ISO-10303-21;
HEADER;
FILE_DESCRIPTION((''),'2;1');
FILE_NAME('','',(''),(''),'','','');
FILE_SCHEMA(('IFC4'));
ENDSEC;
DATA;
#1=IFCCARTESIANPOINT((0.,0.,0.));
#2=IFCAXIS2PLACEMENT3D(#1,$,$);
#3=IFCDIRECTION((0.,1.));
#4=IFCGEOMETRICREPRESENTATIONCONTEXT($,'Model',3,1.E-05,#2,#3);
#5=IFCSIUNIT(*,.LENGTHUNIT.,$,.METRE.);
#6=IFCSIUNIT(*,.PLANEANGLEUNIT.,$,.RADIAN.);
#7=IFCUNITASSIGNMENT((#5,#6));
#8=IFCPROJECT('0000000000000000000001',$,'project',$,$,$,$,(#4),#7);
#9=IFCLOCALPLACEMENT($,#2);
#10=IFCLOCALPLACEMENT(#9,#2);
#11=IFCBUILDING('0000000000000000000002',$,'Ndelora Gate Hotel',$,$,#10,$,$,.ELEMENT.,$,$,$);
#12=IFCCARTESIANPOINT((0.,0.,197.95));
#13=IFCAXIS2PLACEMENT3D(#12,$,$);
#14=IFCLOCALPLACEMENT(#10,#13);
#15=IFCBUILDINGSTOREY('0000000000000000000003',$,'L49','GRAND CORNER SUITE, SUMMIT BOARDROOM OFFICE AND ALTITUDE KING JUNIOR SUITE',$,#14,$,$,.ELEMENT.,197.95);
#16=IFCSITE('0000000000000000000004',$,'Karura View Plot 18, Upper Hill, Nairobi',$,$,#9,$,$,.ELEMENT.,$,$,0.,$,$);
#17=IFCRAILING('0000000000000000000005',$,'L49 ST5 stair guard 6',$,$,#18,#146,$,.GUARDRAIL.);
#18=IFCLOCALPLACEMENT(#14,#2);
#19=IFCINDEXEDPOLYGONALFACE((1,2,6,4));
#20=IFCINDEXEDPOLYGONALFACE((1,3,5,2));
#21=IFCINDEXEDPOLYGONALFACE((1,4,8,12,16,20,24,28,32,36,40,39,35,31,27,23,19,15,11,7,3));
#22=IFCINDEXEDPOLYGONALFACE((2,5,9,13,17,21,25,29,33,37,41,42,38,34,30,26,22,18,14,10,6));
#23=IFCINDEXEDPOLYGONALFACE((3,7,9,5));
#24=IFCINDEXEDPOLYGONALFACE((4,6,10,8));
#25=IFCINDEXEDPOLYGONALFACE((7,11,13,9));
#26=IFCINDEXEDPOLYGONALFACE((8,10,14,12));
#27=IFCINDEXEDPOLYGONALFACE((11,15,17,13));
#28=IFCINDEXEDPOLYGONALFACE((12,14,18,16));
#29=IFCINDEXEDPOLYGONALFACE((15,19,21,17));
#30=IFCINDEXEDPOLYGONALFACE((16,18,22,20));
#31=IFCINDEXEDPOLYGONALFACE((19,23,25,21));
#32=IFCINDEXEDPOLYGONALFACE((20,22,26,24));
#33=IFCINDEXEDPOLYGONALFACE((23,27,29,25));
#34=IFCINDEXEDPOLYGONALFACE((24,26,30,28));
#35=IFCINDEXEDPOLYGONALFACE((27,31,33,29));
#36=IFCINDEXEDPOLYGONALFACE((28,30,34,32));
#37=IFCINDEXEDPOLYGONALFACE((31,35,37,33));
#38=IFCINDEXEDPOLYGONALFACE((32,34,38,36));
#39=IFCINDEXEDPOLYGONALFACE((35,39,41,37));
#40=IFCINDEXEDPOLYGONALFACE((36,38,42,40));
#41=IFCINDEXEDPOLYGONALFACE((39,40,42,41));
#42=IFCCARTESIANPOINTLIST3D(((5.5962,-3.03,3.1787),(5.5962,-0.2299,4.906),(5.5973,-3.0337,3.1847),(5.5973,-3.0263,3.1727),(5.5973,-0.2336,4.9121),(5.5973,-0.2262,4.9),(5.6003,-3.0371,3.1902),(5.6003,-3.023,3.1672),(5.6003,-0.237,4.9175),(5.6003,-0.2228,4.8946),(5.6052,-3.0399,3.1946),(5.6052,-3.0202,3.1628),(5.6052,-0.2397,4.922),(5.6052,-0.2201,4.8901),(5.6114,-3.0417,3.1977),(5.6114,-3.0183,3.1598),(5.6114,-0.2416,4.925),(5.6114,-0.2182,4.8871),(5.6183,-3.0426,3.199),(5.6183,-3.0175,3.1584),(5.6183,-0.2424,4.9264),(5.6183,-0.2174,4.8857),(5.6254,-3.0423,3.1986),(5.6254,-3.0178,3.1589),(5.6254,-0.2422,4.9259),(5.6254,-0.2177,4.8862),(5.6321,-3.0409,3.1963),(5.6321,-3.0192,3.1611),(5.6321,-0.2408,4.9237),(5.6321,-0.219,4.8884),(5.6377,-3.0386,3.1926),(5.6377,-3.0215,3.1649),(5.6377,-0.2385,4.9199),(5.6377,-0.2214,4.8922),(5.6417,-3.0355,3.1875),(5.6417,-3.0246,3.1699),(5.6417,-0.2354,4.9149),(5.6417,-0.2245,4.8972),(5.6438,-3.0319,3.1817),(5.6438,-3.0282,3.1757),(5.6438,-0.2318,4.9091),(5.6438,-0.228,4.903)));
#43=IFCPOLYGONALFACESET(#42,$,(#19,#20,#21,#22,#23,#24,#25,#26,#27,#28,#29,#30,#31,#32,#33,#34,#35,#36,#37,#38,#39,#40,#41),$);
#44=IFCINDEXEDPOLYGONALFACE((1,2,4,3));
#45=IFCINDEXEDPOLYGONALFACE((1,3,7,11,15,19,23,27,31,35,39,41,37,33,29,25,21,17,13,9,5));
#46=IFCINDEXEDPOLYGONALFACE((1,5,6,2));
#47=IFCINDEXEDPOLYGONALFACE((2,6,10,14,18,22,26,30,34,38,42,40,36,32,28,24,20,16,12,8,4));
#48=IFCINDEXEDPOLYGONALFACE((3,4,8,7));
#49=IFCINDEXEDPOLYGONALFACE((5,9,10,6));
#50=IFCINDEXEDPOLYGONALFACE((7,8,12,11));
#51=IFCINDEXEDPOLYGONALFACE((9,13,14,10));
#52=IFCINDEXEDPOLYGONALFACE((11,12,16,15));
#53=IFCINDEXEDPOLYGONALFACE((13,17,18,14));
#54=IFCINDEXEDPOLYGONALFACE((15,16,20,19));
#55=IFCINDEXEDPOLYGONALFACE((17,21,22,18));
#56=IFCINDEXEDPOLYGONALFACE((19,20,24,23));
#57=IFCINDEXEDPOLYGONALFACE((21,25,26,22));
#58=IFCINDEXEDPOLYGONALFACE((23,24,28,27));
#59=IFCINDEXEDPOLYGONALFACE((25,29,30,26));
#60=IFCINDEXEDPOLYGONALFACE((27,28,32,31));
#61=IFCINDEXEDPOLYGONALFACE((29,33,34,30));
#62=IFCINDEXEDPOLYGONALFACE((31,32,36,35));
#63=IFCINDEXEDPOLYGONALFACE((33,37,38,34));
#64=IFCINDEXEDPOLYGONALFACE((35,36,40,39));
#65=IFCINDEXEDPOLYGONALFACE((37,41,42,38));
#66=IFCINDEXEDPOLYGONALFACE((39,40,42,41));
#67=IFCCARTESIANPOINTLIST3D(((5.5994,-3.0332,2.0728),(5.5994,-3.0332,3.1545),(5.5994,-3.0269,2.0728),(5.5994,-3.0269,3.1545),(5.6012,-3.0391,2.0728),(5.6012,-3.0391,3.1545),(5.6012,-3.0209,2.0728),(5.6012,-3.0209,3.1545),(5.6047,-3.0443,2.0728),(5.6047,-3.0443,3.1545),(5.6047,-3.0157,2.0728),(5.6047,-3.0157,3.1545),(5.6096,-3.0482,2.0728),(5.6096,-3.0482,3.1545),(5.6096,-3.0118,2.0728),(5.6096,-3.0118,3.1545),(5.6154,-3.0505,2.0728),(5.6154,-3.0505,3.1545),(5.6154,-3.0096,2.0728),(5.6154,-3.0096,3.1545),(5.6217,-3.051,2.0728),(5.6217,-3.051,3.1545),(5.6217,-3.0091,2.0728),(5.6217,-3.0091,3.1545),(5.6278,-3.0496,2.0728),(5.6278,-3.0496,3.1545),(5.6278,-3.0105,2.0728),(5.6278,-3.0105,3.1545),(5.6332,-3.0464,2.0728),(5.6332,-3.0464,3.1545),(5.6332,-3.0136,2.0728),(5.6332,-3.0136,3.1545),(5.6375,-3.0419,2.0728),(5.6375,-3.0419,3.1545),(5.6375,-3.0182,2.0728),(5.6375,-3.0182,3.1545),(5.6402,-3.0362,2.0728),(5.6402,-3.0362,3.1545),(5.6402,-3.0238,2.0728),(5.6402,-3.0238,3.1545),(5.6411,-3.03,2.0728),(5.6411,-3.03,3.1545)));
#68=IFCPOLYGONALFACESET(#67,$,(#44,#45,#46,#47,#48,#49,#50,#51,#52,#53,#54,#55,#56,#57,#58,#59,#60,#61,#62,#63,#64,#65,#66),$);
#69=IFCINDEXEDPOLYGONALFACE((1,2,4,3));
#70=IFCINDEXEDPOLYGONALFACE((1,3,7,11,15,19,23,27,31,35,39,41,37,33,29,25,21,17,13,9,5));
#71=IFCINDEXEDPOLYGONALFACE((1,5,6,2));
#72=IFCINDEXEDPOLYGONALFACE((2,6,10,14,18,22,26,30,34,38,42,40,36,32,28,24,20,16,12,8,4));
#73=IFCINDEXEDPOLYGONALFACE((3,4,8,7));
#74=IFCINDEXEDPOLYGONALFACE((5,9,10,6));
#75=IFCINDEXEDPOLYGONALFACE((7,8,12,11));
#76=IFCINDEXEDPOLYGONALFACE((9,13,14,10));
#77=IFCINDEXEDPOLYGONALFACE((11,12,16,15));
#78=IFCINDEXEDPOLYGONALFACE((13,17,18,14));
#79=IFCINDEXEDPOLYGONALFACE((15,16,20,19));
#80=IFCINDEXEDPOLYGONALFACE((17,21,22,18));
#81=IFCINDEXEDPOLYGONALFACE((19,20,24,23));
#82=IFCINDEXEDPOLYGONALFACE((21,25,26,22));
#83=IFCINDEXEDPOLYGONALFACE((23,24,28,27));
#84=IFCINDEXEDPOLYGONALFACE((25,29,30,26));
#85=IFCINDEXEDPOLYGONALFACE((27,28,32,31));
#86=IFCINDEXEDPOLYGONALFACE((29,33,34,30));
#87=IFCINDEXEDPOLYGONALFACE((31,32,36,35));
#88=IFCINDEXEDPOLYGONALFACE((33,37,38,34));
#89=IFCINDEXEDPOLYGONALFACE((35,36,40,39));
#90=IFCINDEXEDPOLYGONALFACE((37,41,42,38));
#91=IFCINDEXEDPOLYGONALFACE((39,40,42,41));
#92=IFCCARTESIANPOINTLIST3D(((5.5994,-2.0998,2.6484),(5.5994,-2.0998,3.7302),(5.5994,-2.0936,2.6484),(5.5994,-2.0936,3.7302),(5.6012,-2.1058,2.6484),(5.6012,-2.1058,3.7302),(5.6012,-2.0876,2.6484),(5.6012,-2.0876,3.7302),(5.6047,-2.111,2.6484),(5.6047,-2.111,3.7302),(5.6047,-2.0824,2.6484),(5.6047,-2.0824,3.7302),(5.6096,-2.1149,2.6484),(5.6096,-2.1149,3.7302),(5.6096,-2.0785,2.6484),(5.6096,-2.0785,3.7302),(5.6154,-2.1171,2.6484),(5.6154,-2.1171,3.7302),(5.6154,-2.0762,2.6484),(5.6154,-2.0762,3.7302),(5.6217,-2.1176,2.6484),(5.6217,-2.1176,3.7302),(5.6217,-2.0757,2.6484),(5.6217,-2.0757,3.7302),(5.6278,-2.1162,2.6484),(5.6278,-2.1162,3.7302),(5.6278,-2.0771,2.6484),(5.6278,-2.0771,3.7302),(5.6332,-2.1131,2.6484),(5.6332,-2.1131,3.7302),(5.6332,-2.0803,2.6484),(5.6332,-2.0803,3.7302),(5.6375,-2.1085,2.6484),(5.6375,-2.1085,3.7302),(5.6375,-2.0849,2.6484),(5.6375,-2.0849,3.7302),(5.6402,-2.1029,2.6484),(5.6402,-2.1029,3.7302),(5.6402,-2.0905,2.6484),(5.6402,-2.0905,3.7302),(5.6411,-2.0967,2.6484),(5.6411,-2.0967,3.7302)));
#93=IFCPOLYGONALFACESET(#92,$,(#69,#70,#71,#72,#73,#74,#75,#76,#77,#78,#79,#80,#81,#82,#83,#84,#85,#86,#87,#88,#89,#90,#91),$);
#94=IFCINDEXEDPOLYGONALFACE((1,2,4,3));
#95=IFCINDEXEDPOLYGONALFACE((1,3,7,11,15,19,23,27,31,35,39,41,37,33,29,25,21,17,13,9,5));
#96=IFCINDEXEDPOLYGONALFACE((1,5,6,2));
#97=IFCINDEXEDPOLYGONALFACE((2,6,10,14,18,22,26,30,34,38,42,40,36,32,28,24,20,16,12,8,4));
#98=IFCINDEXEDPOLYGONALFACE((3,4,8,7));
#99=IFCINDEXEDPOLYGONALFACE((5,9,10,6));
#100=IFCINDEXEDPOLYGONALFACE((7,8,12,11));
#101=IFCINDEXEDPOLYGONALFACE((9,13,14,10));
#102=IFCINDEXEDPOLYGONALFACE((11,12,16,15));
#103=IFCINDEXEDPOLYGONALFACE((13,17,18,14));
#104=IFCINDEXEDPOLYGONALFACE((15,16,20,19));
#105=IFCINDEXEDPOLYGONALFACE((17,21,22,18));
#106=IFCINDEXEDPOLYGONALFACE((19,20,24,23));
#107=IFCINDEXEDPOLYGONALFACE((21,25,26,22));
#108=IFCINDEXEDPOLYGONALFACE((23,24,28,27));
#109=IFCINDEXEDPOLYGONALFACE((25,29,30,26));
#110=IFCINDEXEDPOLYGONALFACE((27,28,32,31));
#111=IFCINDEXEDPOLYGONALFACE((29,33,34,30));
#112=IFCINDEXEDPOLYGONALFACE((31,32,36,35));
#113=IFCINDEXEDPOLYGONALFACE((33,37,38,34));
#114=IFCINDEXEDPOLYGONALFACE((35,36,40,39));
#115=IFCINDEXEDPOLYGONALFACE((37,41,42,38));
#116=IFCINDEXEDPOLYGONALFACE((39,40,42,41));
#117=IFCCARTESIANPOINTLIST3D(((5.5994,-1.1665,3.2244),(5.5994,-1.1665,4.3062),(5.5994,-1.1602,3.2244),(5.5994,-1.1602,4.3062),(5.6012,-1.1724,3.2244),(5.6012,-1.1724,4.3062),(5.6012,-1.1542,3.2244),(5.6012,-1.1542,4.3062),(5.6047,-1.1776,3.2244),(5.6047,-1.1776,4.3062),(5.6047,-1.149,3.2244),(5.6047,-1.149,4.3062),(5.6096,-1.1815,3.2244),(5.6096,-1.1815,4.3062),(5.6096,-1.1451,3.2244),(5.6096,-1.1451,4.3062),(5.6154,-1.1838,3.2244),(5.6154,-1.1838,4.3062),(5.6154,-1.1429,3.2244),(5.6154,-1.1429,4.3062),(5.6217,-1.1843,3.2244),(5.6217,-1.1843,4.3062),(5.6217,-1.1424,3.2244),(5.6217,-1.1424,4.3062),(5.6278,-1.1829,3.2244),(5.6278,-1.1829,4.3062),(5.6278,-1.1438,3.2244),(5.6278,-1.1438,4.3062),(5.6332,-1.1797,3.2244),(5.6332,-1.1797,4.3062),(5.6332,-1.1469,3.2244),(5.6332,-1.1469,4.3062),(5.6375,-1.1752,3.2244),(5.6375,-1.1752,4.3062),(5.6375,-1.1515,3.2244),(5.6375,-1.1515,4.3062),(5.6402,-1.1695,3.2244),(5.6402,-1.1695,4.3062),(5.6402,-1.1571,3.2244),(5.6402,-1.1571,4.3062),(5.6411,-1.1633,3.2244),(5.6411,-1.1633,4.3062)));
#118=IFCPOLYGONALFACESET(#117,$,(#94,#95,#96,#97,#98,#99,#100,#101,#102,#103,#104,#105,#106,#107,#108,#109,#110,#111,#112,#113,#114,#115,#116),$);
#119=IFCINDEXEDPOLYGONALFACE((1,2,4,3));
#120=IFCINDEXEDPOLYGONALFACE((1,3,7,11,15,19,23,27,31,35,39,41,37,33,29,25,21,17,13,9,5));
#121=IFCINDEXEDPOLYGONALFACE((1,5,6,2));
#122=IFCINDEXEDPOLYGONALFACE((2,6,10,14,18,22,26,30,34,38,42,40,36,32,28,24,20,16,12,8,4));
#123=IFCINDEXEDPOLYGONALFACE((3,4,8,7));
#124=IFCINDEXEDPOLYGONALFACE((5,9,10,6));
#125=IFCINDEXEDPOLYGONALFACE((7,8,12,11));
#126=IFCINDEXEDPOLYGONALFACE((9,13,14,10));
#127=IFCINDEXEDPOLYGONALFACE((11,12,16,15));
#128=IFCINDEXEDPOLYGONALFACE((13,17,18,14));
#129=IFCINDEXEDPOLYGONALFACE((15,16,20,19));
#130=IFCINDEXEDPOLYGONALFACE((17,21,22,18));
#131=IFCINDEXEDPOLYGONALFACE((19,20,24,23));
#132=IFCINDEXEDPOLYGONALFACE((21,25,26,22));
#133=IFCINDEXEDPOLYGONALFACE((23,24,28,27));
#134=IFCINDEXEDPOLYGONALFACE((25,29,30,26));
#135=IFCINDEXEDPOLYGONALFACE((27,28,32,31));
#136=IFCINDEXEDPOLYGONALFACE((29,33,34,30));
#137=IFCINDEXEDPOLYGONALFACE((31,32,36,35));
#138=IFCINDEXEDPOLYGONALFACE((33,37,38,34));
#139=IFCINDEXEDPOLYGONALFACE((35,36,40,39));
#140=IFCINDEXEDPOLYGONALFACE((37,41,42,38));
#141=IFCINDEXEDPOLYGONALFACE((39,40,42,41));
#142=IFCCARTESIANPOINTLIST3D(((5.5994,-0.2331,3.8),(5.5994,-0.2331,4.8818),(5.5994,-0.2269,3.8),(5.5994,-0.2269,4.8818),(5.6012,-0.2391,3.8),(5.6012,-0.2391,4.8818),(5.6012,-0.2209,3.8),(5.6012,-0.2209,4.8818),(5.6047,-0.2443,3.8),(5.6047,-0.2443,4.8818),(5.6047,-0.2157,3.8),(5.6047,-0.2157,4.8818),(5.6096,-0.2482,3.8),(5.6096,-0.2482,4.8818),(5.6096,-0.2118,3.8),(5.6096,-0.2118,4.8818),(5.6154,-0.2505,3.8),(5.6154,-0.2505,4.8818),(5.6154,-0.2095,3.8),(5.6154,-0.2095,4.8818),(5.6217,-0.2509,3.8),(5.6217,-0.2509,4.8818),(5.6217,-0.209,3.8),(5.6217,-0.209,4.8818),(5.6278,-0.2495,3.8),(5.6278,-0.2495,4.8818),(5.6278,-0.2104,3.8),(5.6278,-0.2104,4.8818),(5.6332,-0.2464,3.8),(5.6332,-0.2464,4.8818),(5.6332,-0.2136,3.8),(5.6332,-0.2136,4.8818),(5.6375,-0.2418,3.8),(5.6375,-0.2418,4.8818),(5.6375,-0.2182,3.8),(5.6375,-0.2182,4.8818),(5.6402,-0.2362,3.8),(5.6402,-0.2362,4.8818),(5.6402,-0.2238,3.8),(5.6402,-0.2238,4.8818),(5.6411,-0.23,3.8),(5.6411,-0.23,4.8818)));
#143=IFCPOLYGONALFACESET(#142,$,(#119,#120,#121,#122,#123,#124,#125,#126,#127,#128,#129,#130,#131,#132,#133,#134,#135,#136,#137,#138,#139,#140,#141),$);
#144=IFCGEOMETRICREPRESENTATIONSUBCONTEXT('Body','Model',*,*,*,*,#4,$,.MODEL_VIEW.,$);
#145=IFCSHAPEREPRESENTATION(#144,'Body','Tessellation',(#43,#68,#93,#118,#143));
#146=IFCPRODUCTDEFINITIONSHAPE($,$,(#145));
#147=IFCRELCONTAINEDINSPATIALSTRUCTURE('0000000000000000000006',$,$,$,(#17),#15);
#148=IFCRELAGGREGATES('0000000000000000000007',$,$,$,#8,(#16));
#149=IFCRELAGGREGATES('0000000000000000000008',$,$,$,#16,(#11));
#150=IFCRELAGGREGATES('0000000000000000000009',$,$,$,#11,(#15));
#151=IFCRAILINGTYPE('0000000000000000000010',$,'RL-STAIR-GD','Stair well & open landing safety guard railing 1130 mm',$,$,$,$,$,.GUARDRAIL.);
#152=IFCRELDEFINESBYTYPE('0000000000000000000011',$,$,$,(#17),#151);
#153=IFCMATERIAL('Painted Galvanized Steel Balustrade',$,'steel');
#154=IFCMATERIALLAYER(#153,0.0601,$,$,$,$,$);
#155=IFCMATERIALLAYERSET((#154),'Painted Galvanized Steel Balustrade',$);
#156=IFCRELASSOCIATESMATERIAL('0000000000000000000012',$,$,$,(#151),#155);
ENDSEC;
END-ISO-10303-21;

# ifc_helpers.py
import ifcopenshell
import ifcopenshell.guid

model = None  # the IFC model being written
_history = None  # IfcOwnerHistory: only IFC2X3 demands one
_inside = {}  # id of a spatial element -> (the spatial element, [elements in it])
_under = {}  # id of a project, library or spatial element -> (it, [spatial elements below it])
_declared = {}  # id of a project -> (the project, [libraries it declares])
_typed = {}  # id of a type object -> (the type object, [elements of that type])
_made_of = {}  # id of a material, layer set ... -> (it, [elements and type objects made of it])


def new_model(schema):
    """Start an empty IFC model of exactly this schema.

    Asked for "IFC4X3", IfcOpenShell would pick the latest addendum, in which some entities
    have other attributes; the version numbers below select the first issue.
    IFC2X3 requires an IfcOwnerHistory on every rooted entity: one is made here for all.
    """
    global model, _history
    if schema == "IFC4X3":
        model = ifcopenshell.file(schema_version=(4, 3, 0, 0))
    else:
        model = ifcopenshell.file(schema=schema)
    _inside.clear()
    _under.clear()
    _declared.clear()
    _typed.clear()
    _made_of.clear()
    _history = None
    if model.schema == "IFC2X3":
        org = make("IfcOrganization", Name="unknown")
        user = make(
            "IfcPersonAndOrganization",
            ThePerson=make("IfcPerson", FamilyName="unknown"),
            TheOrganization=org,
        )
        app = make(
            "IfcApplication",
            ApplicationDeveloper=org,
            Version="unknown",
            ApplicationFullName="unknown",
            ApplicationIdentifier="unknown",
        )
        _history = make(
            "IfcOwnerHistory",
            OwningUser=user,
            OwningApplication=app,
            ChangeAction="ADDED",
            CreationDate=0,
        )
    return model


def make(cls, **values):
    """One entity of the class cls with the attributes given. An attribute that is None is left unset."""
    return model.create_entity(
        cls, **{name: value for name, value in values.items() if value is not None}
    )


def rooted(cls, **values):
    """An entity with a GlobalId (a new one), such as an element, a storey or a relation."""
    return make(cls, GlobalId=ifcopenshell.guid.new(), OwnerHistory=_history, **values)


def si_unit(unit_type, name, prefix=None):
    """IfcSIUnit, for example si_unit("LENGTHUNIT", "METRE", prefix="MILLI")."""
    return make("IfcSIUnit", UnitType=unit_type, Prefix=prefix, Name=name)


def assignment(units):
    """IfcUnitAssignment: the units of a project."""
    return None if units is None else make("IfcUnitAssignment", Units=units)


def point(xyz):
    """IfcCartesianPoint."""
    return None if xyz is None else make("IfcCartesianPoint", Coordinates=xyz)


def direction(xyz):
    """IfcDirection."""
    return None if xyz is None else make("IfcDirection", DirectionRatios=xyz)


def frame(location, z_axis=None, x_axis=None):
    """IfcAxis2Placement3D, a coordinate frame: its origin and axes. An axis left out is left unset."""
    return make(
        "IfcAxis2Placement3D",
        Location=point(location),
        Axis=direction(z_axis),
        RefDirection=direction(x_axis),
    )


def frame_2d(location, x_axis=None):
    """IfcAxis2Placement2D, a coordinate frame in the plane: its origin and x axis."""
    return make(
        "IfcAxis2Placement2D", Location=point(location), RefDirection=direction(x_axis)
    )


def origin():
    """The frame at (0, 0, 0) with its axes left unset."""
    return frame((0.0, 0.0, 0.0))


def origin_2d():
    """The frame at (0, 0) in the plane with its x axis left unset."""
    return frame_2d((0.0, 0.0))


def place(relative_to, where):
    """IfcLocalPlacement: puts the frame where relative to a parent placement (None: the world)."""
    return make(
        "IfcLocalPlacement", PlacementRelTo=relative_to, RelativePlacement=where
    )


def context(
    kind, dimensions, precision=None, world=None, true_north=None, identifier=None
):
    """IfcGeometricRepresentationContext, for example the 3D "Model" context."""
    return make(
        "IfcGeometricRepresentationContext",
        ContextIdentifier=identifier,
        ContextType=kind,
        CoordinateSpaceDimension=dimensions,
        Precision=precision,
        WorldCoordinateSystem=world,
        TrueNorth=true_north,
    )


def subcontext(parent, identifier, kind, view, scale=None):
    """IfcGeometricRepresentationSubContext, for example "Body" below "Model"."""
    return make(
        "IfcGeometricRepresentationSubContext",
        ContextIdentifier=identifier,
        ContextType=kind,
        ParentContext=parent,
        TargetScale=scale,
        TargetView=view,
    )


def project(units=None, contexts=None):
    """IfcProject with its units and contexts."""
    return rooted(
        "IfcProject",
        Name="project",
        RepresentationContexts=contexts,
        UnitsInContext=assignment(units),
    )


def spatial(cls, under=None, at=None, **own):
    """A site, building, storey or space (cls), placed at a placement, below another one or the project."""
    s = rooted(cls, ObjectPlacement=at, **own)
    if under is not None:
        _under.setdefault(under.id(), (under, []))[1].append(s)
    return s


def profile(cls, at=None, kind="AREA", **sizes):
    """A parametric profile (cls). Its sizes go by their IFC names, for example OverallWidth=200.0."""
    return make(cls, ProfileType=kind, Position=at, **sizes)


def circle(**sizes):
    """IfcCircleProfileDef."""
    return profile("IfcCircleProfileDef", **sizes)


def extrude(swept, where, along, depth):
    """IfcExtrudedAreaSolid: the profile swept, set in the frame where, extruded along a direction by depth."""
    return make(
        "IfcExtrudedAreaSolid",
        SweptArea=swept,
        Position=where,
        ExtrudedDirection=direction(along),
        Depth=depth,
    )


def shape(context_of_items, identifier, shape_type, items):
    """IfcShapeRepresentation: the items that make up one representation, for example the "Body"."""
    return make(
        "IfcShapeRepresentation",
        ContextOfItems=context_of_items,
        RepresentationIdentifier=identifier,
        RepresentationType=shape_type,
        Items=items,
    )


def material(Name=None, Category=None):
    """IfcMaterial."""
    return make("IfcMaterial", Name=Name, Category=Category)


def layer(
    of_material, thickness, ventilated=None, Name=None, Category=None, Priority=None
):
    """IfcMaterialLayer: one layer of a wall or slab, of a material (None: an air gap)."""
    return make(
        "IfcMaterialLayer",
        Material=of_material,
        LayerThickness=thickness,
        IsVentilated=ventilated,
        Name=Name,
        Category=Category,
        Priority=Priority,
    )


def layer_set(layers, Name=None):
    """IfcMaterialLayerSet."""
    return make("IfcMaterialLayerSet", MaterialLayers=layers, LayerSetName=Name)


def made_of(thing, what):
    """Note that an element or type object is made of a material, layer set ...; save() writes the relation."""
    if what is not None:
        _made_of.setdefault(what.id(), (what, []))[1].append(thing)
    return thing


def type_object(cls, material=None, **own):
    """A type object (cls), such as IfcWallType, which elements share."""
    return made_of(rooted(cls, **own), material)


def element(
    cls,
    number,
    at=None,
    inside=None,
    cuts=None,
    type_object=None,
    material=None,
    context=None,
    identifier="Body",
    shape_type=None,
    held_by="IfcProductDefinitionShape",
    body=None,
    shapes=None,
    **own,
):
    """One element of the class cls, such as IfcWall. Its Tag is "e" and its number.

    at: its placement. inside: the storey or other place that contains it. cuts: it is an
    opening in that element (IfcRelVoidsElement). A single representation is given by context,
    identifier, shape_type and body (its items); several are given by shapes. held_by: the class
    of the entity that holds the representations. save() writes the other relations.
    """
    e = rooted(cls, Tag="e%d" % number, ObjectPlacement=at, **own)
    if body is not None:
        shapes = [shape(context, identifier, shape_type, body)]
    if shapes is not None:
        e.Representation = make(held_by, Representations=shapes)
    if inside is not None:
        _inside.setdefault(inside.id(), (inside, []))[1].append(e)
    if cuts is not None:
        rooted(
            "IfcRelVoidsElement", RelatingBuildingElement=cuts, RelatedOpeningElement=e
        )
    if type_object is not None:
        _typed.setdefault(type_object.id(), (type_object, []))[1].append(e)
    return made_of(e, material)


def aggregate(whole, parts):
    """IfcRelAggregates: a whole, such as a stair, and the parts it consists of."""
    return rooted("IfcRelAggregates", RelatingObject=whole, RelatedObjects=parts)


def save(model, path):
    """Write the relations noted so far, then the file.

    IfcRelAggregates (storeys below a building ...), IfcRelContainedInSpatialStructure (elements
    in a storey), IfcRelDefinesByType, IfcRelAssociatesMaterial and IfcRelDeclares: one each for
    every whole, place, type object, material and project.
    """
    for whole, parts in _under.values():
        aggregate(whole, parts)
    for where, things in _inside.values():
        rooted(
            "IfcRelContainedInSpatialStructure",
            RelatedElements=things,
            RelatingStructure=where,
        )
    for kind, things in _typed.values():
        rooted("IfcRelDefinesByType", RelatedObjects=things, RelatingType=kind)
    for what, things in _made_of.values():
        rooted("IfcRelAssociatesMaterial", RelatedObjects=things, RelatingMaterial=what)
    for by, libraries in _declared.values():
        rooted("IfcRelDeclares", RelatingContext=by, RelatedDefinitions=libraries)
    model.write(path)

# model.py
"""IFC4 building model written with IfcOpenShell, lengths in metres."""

from ifc_helpers import new_model, si_unit, direction, frame, origin, origin_2d, place, context, subcontext, project, spatial, circle, extrude, material, layer, layer_set, type_object, element, save


model = new_model("IFC4")

# Units and contexts
model_context = context("Model", 3, precision=1e-05, world=origin(), true_north=direction((0.0, 1.0)))
body_context = subcontext(model_context, "Body", "Model", "MODEL_VIEW")
ifc_project = project(units=[si_unit("LENGTHUNIT", "METRE"), si_unit("PLANEANGLEUNIT", "RADIAN")], contexts=[model_context])

# Site, building, storey
site_placement = place(None, origin())
site = spatial("IfcSite", under=ifc_project, at=site_placement, Name="Karura View Plot 18, Upper Hill, Nairobi", CompositionType="ELEMENT", RefElevation=0.0)
building_placement = place(site_placement, origin())
building = spatial("IfcBuilding", under=site, at=building_placement, Name="Ndelora Gate Hotel", CompositionType="ELEMENT")
storey_placement = place(building_placement, frame((0.0, 0.0, 197.95)))
storey = spatial("IfcBuildingStorey", under=building, at=storey_placement, Name="L49", Description="GRAND CORNER SUITE, SUMMIT BOARDROOM OFFICE AND ALTITUDE KING JUNIOR SUITE", CompositionType="ELEMENT", Elevation=197.95)

# Railing
ifc_material_1 = material(Name="Painted Galvanized Steel Balustrade", Category="steel")
ifc_layer_1 = layer(ifc_material_1, 0.0601)
ifc_layer_set_1 = layer_set([ifc_layer_1], Name="Painted Galvanized Steel Balustrade")
railing_type_1 = type_object("IfcRailingType", Name="RL-STAIR-GD", Description="Stair well & open landing safety guard railing 1130 mm", PredefinedType="GUARDRAIL", material=ifc_layer_set_1)
railing_1_placement = place(storey_placement, frame((5.6201, -3.03, 2.0728)))
element("IfcRailing", 1, at=railing_1_placement, inside=storey, type_object=railing_type_1, Name="L49 ST5 stair guard 6", PredefinedType="GUARDRAIL", context=body_context, shape_type="SweptSolid", body=[
    extrude(circle(Radius=0.0239, at=origin_2d()), frame((0.0, 0.0, 1.106), z_axis=(0.0, 0.85109, 0.52502), x_axis=(-1.0, 0.0, 0.0)), (0.0, 0.0, 1.0), 3.29),
    extrude(circle(Radius=0.021, at=origin_2d()), origin(), (0.0, 0.0, 1.0), 1.0818),
    extrude(circle(Radius=0.021, at=origin_2d()), frame((0.0, 0.9333, 0.5757)), (0.0, 0.0, 1.0), 1.0818),
    extrude(circle(Radius=0.021, at=origin_2d()), frame((0.0, 1.8667, 1.1516)), (0.0, 0.0, 1.0), 1.0818),
    extrude(circle(Radius=0.021, at=origin_2d()), frame((0.0, 2.8, 1.7273)), (0.0, 0.0, 1.0), 1.0818),
])

save(model, "model.ifc")
